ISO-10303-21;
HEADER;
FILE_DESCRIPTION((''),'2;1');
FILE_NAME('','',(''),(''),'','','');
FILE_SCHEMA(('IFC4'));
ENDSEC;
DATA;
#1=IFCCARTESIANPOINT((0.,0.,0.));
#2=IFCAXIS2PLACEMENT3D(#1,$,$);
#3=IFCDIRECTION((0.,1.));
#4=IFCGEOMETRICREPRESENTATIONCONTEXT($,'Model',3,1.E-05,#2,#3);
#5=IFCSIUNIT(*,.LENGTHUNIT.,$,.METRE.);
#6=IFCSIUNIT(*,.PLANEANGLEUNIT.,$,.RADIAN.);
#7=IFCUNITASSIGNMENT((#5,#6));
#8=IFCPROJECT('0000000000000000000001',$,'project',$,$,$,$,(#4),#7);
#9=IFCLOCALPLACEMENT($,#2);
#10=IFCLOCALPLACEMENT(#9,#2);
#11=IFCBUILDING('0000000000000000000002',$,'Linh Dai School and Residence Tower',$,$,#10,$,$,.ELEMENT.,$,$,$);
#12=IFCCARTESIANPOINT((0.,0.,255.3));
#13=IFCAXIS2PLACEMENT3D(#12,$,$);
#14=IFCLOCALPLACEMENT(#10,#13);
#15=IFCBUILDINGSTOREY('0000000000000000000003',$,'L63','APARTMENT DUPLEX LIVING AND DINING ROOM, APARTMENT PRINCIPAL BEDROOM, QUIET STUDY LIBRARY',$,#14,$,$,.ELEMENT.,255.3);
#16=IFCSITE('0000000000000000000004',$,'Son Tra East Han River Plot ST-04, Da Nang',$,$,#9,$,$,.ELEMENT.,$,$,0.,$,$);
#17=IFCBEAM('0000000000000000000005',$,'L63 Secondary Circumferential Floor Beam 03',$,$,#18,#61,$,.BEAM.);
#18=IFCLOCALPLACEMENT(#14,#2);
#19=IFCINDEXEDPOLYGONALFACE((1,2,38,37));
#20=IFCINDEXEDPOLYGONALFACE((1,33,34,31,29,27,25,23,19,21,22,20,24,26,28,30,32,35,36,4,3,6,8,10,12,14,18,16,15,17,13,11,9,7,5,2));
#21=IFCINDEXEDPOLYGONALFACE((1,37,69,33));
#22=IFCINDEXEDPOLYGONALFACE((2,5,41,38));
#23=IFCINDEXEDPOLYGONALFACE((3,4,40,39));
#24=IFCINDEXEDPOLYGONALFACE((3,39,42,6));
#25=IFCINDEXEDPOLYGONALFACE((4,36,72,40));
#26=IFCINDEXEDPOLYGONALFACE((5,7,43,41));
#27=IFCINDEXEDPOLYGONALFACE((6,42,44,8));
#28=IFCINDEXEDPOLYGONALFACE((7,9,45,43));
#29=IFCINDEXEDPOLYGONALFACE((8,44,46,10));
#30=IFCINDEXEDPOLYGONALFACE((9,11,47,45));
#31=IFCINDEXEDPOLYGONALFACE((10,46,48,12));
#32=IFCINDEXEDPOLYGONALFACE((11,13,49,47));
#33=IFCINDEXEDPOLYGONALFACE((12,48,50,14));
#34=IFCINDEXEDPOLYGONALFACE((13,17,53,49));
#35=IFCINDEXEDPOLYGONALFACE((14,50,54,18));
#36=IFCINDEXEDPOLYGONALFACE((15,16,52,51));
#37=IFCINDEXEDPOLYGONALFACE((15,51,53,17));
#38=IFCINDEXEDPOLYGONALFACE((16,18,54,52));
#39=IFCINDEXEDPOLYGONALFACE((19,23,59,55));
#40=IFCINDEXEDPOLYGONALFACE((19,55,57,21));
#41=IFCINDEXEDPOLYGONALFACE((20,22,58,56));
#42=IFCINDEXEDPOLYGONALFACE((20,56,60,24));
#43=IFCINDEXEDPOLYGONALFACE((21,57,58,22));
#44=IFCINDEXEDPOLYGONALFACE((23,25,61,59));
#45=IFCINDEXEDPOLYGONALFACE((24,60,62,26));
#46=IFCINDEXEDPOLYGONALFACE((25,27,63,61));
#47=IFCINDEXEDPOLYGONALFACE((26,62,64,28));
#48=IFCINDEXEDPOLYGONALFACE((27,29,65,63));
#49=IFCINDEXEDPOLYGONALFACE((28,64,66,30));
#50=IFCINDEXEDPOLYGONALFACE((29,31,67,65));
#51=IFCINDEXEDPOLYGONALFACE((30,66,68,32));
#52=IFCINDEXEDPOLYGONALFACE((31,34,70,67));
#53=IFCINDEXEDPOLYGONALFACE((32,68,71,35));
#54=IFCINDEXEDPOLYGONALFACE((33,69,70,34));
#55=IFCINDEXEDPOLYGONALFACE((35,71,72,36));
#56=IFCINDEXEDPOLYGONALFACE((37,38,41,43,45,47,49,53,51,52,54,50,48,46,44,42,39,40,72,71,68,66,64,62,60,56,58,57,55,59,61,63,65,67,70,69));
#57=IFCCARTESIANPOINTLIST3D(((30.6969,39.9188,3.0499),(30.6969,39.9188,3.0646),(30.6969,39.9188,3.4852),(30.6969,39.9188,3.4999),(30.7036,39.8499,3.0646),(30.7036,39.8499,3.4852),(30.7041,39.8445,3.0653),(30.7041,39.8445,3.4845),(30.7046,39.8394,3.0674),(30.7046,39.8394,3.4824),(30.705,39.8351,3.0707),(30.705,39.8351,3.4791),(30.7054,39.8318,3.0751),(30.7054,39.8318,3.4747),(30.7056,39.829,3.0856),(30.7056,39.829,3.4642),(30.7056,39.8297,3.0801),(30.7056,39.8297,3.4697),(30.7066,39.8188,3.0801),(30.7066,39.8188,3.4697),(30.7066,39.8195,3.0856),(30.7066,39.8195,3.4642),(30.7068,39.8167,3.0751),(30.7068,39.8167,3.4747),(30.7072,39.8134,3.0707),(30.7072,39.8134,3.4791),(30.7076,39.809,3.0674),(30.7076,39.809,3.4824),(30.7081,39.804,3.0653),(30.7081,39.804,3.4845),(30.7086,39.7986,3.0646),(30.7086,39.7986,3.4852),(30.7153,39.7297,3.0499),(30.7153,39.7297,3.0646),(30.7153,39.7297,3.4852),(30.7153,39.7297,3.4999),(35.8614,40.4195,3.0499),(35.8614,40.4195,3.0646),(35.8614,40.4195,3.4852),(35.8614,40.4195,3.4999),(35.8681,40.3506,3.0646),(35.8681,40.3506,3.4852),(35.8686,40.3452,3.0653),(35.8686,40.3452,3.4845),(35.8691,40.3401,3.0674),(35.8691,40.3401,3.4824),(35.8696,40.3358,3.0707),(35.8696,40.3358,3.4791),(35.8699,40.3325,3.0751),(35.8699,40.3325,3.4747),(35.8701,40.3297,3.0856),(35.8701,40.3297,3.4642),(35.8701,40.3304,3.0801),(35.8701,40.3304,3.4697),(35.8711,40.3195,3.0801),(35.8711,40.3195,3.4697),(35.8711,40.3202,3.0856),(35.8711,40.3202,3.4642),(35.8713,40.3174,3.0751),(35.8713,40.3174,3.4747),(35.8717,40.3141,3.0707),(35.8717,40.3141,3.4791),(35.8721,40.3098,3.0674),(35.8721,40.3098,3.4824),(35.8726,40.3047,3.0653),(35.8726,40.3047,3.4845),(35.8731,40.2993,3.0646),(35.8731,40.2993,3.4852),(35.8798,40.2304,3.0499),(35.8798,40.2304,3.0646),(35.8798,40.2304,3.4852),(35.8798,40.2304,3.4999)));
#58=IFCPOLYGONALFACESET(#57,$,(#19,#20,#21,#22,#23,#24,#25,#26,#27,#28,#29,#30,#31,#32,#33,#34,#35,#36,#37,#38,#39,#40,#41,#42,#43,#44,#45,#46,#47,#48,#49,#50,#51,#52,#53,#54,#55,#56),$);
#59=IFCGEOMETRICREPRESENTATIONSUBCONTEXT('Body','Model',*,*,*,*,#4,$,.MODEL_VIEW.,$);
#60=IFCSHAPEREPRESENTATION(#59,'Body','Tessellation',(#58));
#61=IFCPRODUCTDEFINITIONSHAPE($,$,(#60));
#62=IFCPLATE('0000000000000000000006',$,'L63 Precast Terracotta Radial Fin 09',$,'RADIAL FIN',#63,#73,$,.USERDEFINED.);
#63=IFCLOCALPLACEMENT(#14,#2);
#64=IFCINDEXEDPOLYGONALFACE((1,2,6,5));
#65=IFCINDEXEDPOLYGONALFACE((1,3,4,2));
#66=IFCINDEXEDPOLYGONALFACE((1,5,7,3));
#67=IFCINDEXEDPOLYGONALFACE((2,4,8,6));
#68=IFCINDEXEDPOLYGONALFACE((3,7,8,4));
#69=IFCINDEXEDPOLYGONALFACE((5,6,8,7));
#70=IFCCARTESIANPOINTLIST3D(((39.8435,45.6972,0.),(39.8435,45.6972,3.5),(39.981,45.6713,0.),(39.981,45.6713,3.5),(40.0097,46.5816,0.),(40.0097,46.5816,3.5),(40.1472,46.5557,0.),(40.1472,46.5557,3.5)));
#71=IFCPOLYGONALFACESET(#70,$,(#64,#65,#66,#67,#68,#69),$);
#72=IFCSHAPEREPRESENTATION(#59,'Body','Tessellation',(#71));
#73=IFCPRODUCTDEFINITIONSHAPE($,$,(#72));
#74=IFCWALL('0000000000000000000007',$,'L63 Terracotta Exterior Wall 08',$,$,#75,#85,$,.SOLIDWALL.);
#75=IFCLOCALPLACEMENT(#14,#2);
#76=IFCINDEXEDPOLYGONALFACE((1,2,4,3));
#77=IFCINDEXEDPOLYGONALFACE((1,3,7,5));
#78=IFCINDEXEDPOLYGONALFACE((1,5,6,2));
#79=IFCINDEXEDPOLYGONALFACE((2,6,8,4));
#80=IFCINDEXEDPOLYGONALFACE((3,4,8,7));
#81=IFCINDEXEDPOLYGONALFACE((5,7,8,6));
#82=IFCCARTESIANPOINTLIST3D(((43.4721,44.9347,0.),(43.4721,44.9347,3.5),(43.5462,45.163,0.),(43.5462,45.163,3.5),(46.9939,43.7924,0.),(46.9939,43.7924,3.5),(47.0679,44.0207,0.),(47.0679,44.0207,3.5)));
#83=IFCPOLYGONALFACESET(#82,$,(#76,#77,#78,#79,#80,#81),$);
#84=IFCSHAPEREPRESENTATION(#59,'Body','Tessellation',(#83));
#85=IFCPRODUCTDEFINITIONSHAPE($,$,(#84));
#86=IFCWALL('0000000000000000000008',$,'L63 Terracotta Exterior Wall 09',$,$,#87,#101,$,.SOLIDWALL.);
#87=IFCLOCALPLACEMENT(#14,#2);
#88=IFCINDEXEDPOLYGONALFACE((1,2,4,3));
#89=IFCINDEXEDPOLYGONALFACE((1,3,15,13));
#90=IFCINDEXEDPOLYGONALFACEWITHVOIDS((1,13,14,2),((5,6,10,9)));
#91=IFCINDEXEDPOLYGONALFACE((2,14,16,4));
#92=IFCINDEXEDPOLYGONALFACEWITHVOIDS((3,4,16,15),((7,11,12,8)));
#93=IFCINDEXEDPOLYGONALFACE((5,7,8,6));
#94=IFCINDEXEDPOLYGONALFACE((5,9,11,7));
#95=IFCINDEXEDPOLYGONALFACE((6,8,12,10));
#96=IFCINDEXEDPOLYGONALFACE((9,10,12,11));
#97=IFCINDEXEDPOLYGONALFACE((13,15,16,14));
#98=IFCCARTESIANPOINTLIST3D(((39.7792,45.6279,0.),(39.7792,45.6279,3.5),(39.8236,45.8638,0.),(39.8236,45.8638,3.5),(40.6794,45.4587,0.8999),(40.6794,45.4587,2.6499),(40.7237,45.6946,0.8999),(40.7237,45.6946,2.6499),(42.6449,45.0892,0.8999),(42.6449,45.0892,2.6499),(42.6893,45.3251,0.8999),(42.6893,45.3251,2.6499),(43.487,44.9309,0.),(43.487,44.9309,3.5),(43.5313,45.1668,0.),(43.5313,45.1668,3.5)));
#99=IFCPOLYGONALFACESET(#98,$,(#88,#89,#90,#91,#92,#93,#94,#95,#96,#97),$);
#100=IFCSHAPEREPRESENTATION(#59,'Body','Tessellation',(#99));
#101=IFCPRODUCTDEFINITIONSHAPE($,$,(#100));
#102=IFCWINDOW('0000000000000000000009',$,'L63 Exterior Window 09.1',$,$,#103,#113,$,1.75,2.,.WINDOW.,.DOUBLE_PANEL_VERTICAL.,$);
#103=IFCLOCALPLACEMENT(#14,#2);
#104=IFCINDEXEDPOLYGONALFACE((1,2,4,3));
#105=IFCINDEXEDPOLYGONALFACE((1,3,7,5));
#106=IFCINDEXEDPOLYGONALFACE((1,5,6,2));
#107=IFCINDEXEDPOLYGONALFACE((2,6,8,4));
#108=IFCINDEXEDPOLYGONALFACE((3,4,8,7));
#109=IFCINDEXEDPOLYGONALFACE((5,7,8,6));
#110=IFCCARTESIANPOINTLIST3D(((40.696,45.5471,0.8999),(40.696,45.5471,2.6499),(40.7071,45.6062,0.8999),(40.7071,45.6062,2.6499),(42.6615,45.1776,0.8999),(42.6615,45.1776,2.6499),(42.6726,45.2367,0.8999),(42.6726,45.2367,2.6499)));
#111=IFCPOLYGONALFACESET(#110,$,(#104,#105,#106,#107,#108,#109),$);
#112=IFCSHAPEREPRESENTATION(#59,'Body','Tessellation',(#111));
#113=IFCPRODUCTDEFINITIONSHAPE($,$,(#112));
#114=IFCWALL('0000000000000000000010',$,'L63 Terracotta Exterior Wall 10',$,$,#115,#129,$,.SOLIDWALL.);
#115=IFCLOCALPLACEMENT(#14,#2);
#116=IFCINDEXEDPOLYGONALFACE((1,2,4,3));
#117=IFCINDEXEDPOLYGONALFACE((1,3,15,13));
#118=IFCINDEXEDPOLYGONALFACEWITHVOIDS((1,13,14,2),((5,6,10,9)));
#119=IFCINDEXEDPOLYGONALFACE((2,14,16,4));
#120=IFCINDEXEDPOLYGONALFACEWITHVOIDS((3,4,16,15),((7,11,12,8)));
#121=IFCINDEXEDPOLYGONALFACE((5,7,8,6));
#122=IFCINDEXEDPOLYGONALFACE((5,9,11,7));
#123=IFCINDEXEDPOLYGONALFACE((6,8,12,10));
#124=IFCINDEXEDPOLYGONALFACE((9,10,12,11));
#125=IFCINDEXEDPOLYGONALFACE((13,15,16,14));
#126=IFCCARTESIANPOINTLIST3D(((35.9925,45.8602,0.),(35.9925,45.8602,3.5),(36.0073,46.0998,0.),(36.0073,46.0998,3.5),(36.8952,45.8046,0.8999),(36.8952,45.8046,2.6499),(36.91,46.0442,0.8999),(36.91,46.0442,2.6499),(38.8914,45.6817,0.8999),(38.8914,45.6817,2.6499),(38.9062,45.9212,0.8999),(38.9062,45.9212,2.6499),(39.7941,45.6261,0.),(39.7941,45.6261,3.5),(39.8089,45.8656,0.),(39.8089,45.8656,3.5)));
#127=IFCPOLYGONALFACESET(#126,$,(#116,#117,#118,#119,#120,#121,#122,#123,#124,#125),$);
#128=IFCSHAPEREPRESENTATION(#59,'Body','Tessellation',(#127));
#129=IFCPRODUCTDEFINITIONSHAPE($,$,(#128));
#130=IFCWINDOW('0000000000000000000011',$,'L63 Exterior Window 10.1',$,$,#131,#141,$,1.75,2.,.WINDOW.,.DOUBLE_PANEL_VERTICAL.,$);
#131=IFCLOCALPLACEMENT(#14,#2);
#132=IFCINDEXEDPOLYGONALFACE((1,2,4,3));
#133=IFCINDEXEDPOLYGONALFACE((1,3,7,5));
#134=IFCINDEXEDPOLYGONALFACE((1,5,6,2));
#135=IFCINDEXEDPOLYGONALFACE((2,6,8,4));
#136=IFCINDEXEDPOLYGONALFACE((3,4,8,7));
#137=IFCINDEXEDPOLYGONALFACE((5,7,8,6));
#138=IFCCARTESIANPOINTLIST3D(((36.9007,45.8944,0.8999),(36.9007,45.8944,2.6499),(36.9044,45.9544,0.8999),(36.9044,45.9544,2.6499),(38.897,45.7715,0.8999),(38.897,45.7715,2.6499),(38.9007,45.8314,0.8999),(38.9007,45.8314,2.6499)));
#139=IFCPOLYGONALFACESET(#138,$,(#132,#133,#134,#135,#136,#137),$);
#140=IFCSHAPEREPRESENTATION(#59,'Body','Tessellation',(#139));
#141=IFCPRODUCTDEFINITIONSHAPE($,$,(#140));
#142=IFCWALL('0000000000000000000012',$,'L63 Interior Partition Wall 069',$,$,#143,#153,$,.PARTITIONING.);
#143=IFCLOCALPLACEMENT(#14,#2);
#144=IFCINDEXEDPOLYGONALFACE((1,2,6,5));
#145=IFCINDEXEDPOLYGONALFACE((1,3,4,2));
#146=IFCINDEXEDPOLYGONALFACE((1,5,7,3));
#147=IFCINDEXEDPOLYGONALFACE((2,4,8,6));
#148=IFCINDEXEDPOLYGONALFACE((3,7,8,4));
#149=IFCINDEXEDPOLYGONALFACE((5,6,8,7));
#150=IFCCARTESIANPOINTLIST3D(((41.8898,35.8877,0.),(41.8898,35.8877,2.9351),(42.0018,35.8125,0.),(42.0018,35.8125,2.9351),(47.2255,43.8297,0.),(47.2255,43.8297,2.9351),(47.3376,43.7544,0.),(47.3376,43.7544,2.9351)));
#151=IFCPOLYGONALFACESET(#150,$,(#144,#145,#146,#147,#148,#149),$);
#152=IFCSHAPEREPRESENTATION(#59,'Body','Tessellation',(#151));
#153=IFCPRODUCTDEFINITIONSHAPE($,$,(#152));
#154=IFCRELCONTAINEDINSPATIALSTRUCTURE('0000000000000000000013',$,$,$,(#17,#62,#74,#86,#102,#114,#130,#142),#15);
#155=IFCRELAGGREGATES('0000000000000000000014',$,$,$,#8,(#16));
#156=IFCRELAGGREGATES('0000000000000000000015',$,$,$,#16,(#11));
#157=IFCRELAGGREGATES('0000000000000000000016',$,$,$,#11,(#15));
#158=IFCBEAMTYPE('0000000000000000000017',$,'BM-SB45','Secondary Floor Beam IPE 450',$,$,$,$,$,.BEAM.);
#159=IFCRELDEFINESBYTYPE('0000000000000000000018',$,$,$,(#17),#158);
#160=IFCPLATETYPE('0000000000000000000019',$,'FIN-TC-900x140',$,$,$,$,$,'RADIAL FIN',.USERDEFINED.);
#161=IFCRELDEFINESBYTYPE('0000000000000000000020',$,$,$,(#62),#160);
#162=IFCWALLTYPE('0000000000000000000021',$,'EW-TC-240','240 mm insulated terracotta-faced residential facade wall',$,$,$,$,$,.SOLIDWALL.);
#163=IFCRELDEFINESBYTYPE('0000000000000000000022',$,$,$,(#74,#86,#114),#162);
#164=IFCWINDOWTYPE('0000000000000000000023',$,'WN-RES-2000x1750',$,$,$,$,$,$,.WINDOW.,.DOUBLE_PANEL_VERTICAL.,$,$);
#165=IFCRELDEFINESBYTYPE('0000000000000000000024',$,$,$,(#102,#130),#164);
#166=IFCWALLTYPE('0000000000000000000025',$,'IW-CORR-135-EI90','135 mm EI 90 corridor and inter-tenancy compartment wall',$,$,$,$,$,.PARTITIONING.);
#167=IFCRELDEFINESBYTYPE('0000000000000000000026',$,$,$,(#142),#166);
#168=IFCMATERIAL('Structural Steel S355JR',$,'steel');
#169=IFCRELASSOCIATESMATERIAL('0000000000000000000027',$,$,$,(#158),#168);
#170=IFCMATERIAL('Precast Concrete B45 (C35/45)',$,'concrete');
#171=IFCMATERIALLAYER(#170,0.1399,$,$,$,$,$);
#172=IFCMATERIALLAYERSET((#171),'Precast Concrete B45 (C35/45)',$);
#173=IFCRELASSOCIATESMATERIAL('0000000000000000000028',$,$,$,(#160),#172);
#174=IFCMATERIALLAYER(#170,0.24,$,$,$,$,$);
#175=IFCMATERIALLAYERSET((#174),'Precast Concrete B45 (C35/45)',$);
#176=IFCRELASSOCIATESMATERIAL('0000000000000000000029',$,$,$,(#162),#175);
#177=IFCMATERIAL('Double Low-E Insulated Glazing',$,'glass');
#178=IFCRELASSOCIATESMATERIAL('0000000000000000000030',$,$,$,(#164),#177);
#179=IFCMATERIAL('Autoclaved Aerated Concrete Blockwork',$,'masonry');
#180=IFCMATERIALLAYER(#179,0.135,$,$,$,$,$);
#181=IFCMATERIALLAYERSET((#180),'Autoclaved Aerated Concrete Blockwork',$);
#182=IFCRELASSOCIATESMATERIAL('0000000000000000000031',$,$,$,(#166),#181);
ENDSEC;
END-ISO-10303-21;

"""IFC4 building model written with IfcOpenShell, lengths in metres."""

from ifc_helpers import new_model, si_unit, direction, frame, frame_2d, origin, origin_2d, place, context, subcontext, project, spatial, rectangle, i_section, extrude, source, transform, mapped, material, layer, layer_set, material_profile, profile_set, type_object, element, fill, save


model = new_model("IFC4")

# Units and contexts
model_context = context("Model", 3, precision=1e-05, world=origin(), true_north=direction((0.0, 1.0)))
body_context = subcontext(model_context, "Body", "Model", "MODEL_VIEW")
ifc_project = project(units=[si_unit("LENGTHUNIT", "METRE"), si_unit("PLANEANGLEUNIT", "RADIAN")], contexts=[model_context])

# Site, building, storey
site_placement = place(None, origin())
site = spatial("IfcSite", under=ifc_project, at=site_placement, Name="Son Tra East Han River Plot ST-04, Da Nang", CompositionType="ELEMENT", RefElevation=0.0)
building_placement = place(site_placement, origin())
building = spatial("IfcBuilding", under=site, at=building_placement, Name="Linh Dai School and Residence Tower", CompositionType="ELEMENT")
storey_placement = place(building_placement, frame((0.0, 0.0, 255.3)))
storey = spatial("IfcBuildingStorey", under=building, at=storey_placement, Name="L63", Description="APARTMENT DUPLEX LIVING AND DINING ROOM, APARTMENT PRINCIPAL BEDROOM, QUIET STUDY LIBRARY", CompositionType="ELEMENT", Elevation=255.3)

# Shared definitions
ifc_material_1 = material(Name="Structural Steel S355JR", Category="steel")

# Beam
ifc_material_profile_1 = material_profile(ifc_material_1, i_section(OverallWidth=0.1899, OverallDepth=0.45, WebThickness=0.0095, FlangeThickness=0.0146, FilletRadius=0.021, at=origin_2d()), Name="IPE 450")
ifc_profile_set_1 = profile_set([ifc_material_profile_1], Name="Structural Steel S355JR")
beam_type_1 = type_object("IfcBeamType", Name="BM-SB45", Description="Secondary Floor Beam IPE 450", PredefinedType="BEAM", material=ifc_profile_set_1)
beam_1_placement = place(storey_placement, frame((35.8706, 40.325, 3.2749), z_axis=(-0.995333, -0.096503, 0.0), x_axis=(0.096503, -0.995333, 0.0)))
element("IfcBeam", 1, at=beam_1_placement, inside=storey, type_object=beam_type_1, Name="L63 Secondary Circumferential Floor Beam 03", PredefinedType="BEAM", context=body_context, shape_type="SweptSolid", body=[
    extrude(i_section(OverallWidth=0.1899, OverallDepth=0.45, WebThickness=0.0095, FlangeThickness=0.0146, FilletRadius=0.021, at=origin_2d()), origin(), (0.0, 0.0, 1.0), 5.1887),
])

# Plate
ifc_material_2 = material(Name="Precast Concrete B45 (C35/45)", Category="concrete")
ifc_layer_1 = layer(ifc_material_2, 0.1399)
ifc_layer_set_1 = layer_set([ifc_layer_1], Name="Precast Concrete B45 (C35/45)")
plate_type = type_object("IfcPlateType", Name="FIN-TC-900x140", ElementType="RADIAL FIN", PredefinedType="USERDEFINED", material=ifc_layer_set_1)
shared_shape_1 = source(origin(), body_context, "Body", "SweptSolid", [
    extrude(rectangle(XDim=0.8999, YDim=0.1399, at=origin_2d()), origin(), (0.0, 0.0, 1.0), 3.5),
])
plate_placement = place(storey_placement, frame((39.9954, 46.1265, 0.0), z_axis=(0.0, 0.0, 1.0), x_axis=(0.184744, 0.982787, 0.0)))
element("IfcPlate", 2, at=plate_placement, inside=storey, type_object=plate_type, Name="L63 Precast Terracotta Radial Fin 09", ObjectType="RADIAL FIN", PredefinedType="USERDEFINED", context=body_context, shape_type="MappedRepresentation", body=[
    mapped(shared_shape_1, transform((0.0, 0.0, 0.0), x_axis=(1.0, 0.0, 0.0), y_axis=(0.0, 1.0, 0.0), z_axis=(0.0, 0.0, 1.0), scale=1.0)),
])

# Wall
ifc_layer_2 = layer(ifc_material_2, 0.24)
ifc_layer_set_2 = layer_set([ifc_layer_2], Name="Precast Concrete B45 (C35/45)")
wall_type_1 = type_object("IfcWallType", Name="EW-TC-240", Description="240 mm insulated terracotta-faced residential facade wall", PredefinedType="SOLIDWALL", material=ifc_layer_set_2)
wall_1_placement = place(storey_placement, frame((43.5093, 45.0488, 0.0), z_axis=(0.0, 0.0, 1.0), x_axis=(0.951211, -0.308542, 0.0)))
element("IfcWall", 3, at=wall_1_placement, inside=storey, type_object=wall_type_1, Name="L63 Terracotta Exterior Wall 08", PredefinedType="SOLIDWALL", context=body_context, shape_type="SweptSolid", body=[
    extrude(rectangle(XDim=3.7024, YDim=0.24, at=frame_2d((1.8511, 0.0))), origin(), (0.0, 0.0, 1.0), 3.5),
])

# Walls, openings, windows
wall_2_placement = place(storey_placement, frame((39.8015, 45.7458, 0.0), z_axis=(0.0, 0.0, 1.0), x_axis=(0.982785, -0.184753, 0.0)))
wall_2 = element("IfcWall", 4, at=wall_2_placement, inside=storey, type_object=wall_type_1, Name="L63 Terracotta Exterior Wall 09", PredefinedType="SOLIDWALL", context=body_context, shape_type="SweptSolid", body=[
    extrude(rectangle(XDim=3.7727, YDim=0.24, at=frame_2d((1.8862, 0.0))), origin(), (0.0, 0.0, 1.0), 3.5),
])
opening_1_placement = place(wall_2_placement, frame((0.9158, 0.0, 0.8999)))
opening_1 = element("IfcOpeningElement", 5, at=opening_1_placement, cuts=wall_2, PredefinedType="OPENING", context=body_context, shape_type="SweptSolid", body=[
    extrude(rectangle(XDim=2.0, YDim=1.75, at=origin_2d()), frame((1.0, 0.1299, 0.875), z_axis=(0.0, -1.0, 0.0), x_axis=(1.0, 0.0, 0.0)), (0.0, 0.0, 1.0), 0.26),
])
ifc_material_3 = material(Name="Double Low-E Insulated Glazing", Category="glass")
window_type = type_object("IfcWindowType", Name="WN-RES-2000x1750", PartitioningType="DOUBLE_PANEL_VERTICAL", PredefinedType="WINDOW", material=ifc_material_3)
shared_shape_2 = source(origin(), body_context, "Body", "SweptSolid", [
    extrude(rectangle(XDim=2.0, YDim=1.75, at=origin_2d()), frame((1.0, 0.03, 0.875), z_axis=(0.0, -1.0, 0.0), x_axis=(1.0, 0.0, 0.0)), (0.0, 0.0, 1.0), 0.0601),
])
window_1_placement = place(opening_1_placement, origin())
window_1 = element("IfcWindow", 6, at=window_1_placement, inside=storey, type_object=window_type, Name="L63 Exterior Window 09.1", OverallHeight=1.75, OverallWidth=2.0, PartitioningType="DOUBLE_PANEL_VERTICAL", PredefinedType="WINDOW", context=body_context, shape_type="MappedRepresentation", body=[
    mapped(shared_shape_2, transform((0.0, 0.0, 0.0), x_axis=(1.0, 0.0, 0.0), y_axis=(0.0, 1.0, 0.0), z_axis=(0.0, 0.0, 1.0), scale=1.0)),
])
fill(opening_1, window_1)
wall_3_placement = place(storey_placement, frame((36.0, 45.98, 0.0), z_axis=(0.0, 0.0, 1.0), x_axis=(0.998109, -0.061472, 0.0)))
wall_3 = element("IfcWall", 7, at=wall_3_placement, inside=storey, type_object=wall_type_1, Name="L63 Terracotta Exterior Wall 10", PredefinedType="SOLIDWALL", context=body_context, shape_type="SweptSolid", body=[
    extrude(rectangle(XDim=3.8088, YDim=0.24, at=frame_2d((1.9043, 0.0))), origin(), (0.0, 0.0, 1.0), 3.5),
])
opening_2_placement = place(wall_3_placement, frame((0.9043, 0.0, 0.8999)))
opening_2 = element("IfcOpeningElement", 8, at=opening_2_placement, cuts=wall_3, PredefinedType="OPENING", context=body_context, shape_type="SweptSolid", body=[
    extrude(rectangle(XDim=2.0, YDim=1.75, at=origin_2d()), frame((1.0, 0.1299, 0.875), z_axis=(0.0, -1.0, 0.0), x_axis=(1.0, 0.0, 0.0)), (0.0, 0.0, 1.0), 0.26),
])
window_2_placement = place(opening_2_placement, origin())
window_2 = element("IfcWindow", 9, at=window_2_placement, inside=storey, type_object=window_type, Name="L63 Exterior Window 10.1", OverallHeight=1.75, OverallWidth=2.0, PartitioningType="DOUBLE_PANEL_VERTICAL", PredefinedType="WINDOW", context=body_context, shape_type="MappedRepresentation", body=[
    mapped(shared_shape_2, transform((0.0, 0.0, 0.0), x_axis=(1.0, 0.0, 0.0), y_axis=(0.0, 1.0, 0.0), z_axis=(0.0, 0.0, 1.0), scale=1.0)),
])
fill(opening_2, window_2)

# Wall
ifc_material_4 = material(Name="Autoclaved Aerated Concrete Blockwork", Category="masonry")
ifc_layer_3 = layer(ifc_material_4, 0.135)
ifc_layer_set_3 = layer_set([ifc_layer_3], Name="Autoclaved Aerated Concrete Blockwork")
wall_type_2 = type_object("IfcWallType", Name="IW-CORR-135-EI90", Description="135 mm EI 90 corridor and inter-tenancy compartment wall", PredefinedType="PARTITIONING", material=ifc_layer_set_3)
wall_4_placement = place(storey_placement, frame((41.9458, 35.8501, 0.0), z_axis=(0.0, 0.0, 1.0), x_axis=(0.55767, 0.830063, 0.0)))
element("IfcWall", 10, at=wall_4_placement, inside=storey, type_object=wall_type_2, Name="L63 Interior Partition Wall 069", PredefinedType="PARTITIONING", context=body_context, shape_type="SweptSolid", body=[
    extrude(rectangle(XDim=9.5679, YDim=0.135, at=frame_2d((4.7839, 0.0))), origin(), (0.0, 0.0, 1.0), 2.9351),
])

save(model, "model.ifc")
